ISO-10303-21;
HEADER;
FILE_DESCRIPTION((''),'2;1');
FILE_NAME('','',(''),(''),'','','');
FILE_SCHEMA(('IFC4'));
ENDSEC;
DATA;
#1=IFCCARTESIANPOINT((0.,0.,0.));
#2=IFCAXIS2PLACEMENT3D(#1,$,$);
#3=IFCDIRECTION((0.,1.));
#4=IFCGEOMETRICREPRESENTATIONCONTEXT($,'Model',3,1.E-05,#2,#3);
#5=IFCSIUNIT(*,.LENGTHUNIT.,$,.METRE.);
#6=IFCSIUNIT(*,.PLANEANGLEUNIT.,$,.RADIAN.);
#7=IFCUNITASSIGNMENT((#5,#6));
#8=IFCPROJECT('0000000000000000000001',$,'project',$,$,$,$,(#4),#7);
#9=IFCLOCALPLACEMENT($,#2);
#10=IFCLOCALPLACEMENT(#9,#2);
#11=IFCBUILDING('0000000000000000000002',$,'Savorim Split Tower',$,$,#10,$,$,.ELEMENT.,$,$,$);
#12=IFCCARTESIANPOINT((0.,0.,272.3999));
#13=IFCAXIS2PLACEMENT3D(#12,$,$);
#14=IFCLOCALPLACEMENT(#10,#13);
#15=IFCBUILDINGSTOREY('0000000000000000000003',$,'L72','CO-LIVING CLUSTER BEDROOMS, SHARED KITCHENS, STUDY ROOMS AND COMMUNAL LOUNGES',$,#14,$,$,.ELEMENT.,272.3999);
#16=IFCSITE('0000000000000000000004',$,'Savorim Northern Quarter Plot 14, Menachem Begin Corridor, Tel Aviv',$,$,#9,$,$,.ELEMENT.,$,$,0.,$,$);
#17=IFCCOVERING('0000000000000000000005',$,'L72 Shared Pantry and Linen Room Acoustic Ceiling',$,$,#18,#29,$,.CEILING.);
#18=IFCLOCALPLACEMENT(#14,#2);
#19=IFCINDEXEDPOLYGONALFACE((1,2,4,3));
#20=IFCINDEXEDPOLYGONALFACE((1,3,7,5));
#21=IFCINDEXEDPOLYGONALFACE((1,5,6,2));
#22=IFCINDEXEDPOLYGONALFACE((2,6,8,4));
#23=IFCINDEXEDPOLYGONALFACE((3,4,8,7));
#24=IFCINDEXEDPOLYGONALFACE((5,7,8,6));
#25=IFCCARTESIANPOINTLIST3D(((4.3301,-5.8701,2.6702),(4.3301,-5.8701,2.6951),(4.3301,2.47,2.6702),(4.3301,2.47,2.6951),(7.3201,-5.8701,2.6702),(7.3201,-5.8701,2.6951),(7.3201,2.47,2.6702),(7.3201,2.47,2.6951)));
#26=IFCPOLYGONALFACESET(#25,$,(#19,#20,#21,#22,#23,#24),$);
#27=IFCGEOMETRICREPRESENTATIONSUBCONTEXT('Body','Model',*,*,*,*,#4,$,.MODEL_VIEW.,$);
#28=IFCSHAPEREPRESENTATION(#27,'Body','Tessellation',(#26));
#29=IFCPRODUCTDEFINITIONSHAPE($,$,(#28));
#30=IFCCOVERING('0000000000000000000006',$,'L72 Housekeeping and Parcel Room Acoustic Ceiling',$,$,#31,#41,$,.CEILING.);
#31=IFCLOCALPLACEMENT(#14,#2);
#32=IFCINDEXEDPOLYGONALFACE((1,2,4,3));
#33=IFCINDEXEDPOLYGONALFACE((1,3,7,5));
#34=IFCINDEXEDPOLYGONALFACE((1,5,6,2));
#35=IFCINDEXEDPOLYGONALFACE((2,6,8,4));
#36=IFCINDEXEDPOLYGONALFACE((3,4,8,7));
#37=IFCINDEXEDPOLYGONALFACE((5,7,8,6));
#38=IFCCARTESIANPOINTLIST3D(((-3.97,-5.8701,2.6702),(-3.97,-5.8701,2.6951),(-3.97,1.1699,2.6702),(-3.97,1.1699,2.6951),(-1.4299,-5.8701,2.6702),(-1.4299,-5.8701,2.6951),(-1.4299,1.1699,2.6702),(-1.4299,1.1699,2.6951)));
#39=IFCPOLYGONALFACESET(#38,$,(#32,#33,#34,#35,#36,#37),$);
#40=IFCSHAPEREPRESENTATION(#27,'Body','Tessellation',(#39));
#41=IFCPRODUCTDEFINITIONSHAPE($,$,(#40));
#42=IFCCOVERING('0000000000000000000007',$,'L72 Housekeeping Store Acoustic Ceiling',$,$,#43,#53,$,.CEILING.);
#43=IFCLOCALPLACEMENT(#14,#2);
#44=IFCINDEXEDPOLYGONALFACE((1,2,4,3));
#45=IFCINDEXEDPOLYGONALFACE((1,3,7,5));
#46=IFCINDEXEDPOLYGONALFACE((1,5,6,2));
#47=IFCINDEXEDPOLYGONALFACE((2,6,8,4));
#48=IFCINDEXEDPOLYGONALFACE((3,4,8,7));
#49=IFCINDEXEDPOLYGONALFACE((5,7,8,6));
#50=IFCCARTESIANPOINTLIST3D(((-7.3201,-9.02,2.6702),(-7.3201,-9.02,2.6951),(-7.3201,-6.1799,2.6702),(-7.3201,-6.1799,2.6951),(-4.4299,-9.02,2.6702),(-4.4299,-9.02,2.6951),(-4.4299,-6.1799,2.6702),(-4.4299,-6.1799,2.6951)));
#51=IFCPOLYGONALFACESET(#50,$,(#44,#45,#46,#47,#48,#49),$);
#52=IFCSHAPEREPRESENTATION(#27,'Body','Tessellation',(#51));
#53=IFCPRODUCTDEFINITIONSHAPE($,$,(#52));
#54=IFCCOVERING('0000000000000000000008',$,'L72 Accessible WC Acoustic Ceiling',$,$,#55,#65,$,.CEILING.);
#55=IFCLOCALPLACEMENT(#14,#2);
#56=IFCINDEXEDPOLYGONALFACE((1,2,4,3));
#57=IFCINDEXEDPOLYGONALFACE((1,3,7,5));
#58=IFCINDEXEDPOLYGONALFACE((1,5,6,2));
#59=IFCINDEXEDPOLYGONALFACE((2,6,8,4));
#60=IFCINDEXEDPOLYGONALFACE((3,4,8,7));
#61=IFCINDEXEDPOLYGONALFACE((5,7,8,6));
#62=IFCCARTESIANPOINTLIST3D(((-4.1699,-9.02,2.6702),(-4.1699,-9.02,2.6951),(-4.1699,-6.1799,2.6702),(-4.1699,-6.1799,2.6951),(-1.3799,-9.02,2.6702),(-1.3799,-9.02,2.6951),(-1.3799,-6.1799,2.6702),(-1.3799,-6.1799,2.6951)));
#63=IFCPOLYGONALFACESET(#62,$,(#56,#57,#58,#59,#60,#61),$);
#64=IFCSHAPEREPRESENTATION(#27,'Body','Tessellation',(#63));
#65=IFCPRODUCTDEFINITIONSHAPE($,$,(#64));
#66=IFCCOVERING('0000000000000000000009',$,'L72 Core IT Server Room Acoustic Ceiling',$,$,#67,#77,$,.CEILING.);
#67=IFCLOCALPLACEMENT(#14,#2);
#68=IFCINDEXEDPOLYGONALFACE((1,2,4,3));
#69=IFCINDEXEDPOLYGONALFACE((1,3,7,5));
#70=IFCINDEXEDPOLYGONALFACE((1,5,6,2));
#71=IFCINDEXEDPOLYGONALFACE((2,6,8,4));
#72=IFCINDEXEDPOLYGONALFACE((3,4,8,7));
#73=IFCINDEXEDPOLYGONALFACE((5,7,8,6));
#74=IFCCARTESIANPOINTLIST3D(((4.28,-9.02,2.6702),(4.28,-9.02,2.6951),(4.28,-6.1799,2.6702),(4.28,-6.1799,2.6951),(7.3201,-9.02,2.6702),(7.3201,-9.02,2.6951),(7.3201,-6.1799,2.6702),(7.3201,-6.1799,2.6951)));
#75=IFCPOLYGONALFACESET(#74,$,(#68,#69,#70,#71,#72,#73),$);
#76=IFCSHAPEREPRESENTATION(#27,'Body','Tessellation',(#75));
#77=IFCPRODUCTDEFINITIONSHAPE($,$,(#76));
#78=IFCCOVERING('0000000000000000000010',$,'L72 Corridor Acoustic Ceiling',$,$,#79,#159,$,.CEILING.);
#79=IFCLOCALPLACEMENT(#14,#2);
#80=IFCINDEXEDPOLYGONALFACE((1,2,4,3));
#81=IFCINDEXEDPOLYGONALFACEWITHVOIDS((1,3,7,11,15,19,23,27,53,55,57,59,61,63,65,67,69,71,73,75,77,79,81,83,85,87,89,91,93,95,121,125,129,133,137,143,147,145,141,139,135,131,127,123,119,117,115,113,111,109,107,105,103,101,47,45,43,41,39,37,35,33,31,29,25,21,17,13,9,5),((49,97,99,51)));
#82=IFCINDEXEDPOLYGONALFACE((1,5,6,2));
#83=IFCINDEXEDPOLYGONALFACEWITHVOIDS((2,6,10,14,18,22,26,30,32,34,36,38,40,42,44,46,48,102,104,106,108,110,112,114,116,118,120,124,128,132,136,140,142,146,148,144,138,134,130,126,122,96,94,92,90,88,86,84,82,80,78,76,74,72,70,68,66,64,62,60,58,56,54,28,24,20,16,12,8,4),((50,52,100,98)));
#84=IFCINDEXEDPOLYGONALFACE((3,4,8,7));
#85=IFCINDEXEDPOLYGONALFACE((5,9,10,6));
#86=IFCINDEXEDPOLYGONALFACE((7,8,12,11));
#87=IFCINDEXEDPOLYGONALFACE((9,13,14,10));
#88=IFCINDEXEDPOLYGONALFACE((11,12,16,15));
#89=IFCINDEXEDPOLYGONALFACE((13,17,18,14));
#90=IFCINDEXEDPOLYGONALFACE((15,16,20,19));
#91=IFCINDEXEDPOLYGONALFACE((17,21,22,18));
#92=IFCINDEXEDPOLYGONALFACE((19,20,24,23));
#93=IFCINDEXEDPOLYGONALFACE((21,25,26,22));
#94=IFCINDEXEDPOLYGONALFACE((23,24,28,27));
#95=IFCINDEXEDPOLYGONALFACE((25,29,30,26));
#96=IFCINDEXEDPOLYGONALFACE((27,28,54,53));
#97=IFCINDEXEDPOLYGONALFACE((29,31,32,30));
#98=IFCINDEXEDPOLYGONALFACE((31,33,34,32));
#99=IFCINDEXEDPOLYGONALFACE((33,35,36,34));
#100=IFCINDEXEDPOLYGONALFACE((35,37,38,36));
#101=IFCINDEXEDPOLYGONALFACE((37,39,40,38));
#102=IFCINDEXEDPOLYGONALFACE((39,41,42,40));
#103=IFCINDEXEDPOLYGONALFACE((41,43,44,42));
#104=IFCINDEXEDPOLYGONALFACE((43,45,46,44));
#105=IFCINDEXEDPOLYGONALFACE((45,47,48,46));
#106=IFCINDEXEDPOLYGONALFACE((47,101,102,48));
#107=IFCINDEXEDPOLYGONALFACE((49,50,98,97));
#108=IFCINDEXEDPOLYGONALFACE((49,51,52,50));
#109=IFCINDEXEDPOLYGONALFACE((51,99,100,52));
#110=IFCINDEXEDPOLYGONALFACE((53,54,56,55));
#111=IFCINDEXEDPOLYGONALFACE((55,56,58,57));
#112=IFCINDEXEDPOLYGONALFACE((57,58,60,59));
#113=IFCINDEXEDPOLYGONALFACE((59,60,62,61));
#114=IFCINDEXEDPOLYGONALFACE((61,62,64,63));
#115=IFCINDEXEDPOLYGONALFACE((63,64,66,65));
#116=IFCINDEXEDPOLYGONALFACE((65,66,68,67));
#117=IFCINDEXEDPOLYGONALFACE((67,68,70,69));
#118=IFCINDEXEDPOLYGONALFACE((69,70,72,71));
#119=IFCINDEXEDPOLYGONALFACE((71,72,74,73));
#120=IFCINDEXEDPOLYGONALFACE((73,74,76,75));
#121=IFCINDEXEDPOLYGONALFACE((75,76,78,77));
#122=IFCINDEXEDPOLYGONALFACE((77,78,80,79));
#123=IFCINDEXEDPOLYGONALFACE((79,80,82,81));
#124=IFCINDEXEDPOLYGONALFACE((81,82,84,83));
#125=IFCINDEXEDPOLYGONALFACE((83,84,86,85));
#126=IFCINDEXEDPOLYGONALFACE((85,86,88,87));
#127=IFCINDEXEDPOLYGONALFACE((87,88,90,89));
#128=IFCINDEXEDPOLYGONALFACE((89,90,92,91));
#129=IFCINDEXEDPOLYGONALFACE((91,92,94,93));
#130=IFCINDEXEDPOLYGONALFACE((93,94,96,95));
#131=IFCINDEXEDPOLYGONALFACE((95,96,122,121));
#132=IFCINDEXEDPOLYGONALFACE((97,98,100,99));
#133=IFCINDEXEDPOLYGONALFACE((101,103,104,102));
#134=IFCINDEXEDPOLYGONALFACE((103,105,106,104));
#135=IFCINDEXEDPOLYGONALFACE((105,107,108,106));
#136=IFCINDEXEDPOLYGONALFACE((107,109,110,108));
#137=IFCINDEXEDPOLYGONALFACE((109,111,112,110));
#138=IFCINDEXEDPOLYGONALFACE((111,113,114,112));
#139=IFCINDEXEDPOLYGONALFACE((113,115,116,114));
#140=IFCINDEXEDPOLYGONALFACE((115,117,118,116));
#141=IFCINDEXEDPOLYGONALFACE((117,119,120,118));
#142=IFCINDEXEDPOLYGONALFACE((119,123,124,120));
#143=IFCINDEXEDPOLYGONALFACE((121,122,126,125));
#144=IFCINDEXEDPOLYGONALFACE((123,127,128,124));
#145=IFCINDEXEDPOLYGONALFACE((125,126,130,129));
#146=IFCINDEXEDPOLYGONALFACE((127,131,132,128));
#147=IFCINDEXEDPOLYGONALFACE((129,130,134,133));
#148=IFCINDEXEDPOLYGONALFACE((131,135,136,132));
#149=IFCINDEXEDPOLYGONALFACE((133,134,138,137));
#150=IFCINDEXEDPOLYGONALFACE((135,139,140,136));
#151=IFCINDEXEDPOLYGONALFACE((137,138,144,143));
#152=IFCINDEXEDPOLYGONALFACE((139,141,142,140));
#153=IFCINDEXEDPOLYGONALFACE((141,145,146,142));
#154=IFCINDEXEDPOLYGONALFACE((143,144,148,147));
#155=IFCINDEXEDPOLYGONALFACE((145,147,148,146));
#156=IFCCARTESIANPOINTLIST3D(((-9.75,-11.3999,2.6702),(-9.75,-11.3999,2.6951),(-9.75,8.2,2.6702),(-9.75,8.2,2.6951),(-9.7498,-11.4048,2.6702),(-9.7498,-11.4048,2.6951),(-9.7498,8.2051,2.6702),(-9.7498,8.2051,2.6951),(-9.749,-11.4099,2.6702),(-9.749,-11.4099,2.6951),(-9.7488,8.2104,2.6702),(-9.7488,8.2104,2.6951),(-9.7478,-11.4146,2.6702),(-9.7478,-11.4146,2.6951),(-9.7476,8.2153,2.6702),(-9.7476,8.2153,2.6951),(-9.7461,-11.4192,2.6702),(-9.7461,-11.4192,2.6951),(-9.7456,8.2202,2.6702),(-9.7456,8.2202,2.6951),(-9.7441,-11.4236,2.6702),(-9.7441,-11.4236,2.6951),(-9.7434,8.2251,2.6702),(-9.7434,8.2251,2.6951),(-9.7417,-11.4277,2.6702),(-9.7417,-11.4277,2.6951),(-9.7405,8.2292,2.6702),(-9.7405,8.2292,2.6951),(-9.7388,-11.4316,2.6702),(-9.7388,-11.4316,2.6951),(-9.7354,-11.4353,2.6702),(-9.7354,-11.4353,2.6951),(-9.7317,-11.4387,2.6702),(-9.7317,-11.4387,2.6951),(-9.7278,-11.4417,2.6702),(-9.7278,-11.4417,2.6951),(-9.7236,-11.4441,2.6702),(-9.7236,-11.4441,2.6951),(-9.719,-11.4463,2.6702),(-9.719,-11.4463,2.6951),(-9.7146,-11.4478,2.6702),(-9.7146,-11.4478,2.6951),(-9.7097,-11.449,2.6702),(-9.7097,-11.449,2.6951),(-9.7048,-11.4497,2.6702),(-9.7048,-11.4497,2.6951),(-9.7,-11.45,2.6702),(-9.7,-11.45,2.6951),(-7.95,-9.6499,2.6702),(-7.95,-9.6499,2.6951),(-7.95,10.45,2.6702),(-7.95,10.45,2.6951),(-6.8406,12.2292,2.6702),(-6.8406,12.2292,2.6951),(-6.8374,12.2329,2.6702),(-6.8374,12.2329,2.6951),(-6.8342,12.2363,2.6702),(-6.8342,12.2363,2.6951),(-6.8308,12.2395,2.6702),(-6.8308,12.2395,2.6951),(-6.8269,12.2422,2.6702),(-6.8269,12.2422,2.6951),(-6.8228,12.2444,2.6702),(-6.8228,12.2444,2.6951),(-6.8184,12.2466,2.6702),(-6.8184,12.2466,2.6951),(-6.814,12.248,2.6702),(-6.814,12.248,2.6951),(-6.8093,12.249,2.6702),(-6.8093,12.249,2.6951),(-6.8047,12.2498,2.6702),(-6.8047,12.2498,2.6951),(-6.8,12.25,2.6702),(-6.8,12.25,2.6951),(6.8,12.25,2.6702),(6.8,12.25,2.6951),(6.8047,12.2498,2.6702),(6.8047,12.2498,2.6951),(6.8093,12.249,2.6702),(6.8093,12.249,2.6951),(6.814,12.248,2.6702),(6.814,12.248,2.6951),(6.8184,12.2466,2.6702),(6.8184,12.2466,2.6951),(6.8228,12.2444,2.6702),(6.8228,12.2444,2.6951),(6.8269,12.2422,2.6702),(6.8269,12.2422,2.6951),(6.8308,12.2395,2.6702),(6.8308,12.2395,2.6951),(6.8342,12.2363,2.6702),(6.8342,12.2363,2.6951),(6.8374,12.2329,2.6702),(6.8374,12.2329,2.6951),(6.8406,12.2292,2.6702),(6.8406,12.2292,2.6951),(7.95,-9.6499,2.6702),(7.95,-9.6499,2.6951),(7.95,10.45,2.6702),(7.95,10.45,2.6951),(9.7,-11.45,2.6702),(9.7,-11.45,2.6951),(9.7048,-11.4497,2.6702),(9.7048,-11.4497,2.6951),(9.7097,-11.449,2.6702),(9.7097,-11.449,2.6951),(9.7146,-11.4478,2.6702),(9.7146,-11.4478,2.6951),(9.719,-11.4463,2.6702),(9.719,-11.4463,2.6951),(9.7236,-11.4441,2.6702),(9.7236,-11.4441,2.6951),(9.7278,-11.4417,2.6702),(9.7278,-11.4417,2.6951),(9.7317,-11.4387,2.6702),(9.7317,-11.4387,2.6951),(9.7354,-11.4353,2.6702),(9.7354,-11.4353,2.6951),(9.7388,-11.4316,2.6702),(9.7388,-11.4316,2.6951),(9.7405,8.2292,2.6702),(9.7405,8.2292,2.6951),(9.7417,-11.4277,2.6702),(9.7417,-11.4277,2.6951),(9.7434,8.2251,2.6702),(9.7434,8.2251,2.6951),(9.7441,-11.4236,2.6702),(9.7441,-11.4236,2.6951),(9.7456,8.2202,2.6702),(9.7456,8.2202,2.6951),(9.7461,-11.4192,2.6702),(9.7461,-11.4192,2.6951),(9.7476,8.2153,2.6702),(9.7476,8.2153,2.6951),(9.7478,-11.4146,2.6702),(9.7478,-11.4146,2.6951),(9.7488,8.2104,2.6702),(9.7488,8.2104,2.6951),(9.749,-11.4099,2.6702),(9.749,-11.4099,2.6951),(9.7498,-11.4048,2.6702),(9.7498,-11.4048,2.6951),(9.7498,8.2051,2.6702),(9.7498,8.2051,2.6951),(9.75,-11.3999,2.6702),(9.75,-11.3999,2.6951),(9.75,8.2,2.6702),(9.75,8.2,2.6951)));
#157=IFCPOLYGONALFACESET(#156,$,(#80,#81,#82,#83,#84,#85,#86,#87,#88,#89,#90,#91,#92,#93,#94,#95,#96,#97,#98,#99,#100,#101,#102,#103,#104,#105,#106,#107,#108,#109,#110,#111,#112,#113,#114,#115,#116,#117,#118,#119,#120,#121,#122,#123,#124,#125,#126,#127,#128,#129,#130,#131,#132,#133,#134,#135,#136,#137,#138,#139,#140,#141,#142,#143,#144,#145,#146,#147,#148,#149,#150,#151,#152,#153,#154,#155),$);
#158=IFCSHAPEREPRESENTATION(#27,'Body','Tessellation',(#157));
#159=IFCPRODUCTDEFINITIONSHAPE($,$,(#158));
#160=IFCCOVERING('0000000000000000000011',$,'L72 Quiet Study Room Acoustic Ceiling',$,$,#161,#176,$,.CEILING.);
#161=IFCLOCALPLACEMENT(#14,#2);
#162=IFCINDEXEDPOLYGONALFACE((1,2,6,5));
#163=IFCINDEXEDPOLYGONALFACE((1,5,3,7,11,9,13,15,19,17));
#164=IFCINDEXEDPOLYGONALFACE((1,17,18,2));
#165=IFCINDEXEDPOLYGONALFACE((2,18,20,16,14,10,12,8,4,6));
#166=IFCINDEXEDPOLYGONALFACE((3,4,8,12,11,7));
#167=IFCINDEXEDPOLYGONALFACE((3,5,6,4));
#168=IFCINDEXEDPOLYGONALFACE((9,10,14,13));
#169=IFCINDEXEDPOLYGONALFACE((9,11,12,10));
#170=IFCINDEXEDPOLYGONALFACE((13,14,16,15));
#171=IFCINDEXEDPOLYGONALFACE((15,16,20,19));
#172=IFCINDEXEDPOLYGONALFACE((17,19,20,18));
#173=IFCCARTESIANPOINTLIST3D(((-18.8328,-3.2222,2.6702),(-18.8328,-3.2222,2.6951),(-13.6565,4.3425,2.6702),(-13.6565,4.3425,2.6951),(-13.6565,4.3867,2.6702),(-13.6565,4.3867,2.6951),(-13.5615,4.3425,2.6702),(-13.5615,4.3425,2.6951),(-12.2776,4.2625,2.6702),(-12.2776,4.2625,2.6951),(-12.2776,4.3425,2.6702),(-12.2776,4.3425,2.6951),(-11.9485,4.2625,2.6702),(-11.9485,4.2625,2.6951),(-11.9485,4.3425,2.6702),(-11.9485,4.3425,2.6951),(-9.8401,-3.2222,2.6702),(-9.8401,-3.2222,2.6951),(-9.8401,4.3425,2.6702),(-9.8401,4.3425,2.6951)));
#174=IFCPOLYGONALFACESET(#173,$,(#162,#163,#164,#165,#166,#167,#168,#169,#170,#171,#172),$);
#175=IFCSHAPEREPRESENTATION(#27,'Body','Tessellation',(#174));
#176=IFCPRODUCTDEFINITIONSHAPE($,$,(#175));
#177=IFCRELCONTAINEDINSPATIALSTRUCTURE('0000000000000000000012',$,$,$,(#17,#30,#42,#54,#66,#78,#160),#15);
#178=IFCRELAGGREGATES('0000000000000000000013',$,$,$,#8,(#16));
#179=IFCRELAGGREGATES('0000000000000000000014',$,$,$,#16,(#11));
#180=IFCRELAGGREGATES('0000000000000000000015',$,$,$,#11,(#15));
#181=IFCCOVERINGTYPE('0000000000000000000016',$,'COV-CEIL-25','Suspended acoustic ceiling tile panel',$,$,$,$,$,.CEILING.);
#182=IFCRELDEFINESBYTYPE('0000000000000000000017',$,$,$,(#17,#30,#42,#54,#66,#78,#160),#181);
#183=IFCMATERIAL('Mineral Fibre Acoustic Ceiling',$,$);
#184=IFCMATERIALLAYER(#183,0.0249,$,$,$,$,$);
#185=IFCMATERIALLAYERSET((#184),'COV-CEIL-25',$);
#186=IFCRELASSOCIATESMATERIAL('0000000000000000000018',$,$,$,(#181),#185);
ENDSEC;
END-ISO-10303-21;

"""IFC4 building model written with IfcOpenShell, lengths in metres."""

from ifc_helpers import new_model, si_unit, direction, frame, origin, place, context, subcontext, project, spatial, polyline, outline, extrude, material, layer, layer_set, type_object, element, save


model = new_model("IFC4")

# Units and contexts
model_context = context("Model", 3, precision=1e-05, world=origin(), true_north=direction((0.0, 1.0)))
body_context = subcontext(model_context, "Body", "Model", "MODEL_VIEW")
ifc_project = project(units=[si_unit("LENGTHUNIT", "METRE"), si_unit("PLANEANGLEUNIT", "RADIAN")], contexts=[model_context])

# Site, building, storey
site_placement = place(None, origin())
site = spatial("IfcSite", under=ifc_project, at=site_placement, Name="Savorim Northern Quarter Plot 14, Menachem Begin Corridor, Tel Aviv", CompositionType="ELEMENT", RefElevation=0.0)
building_placement = place(site_placement, origin())
building = spatial("IfcBuilding", under=site, at=building_placement, Name="Savorim Split Tower", CompositionType="ELEMENT")
storey_placement = place(building_placement, frame((0.0, 0.0, 272.3999)))
storey = spatial("IfcBuildingStorey", under=building, at=storey_placement, Name="L72", Description="CO-LIVING CLUSTER BEDROOMS, SHARED KITCHENS, STUDY ROOMS AND COMMUNAL LOUNGES", CompositionType="ELEMENT", Elevation=272.3999)

# Coverings
ifc_material_1 = material(Name="Mineral Fibre Acoustic Ceiling")
ifc_layer_1 = layer(ifc_material_1, 0.0249)
ifc_layer_set_1 = layer_set([ifc_layer_1], Name="COV-CEIL-25")
covering_type_1 = type_object("IfcCoveringType", Name="COV-CEIL-25", Description="Suspended acoustic ceiling tile panel", PredefinedType="CEILING", material=ifc_layer_set_1)
covering_1_placement = place(storey_placement, frame((0.0, 0.0, 2.6702)))
element("IfcCovering", 1, at=covering_1_placement, inside=storey, type_object=covering_type_1, Name="L72 Shared Pantry and Linen Room Acoustic Ceiling", PredefinedType="CEILING", context=body_context, shape_type="SweptSolid", body=[
    extrude(outline(polyline([(4.3301, 2.47), (4.3301, -5.8701), (7.3201, -5.8701), (7.3201, 2.47), (4.3301, 2.47)])), origin(), (0.0, 0.0, 1.0), 0.0249),
])
covering_2_placement = place(storey_placement, frame((0.0, 0.0, 2.6702)))
element("IfcCovering", 2, at=covering_2_placement, inside=storey, type_object=covering_type_1, Name="L72 Housekeeping and Parcel Room Acoustic Ceiling", PredefinedType="CEILING", context=body_context, shape_type="SweptSolid", body=[
    extrude(outline(polyline([(-3.97, 1.1699), (-3.97, -5.8701), (-1.4299, -5.8701), (-1.4299, 1.1699), (-3.97, 1.1699)])), origin(), (0.0, 0.0, 1.0), 0.0249),
])
covering_3_placement = place(storey_placement, frame((0.0, 0.0, 2.6702)))
element("IfcCovering", 3, at=covering_3_placement, inside=storey, type_object=covering_type_1, Name="L72 Housekeeping Store Acoustic Ceiling", PredefinedType="CEILING", context=body_context, shape_type="SweptSolid", body=[
    extrude(outline(polyline([(-7.3201, -6.1799), (-7.3201, -9.02), (-4.4299, -9.02), (-4.4299, -6.1799), (-7.3201, -6.1799)])), origin(), (0.0, 0.0, 1.0), 0.0249),
])
covering_4_placement = place(storey_placement, frame((0.0, 0.0, 2.6702)))
element("IfcCovering", 4, at=covering_4_placement, inside=storey, type_object=covering_type_1, Name="L72 Accessible WC Acoustic Ceiling", PredefinedType="CEILING", context=body_context, shape_type="SweptSolid", body=[
    extrude(outline(polyline([(-4.1699, -6.1799), (-4.1699, -9.02), (-1.3799, -9.02), (-1.3799, -6.1799), (-4.1699, -6.1799)])), origin(), (0.0, 0.0, 1.0), 0.0249),
])
covering_5_placement = place(storey_placement, frame((0.0, 0.0, 2.6702)))
element("IfcCovering", 5, at=covering_5_placement, inside=storey, type_object=covering_type_1, Name="L72 Core IT Server Room Acoustic Ceiling", PredefinedType="CEILING", context=body_context, shape_type="SweptSolid", body=[
    extrude(outline(polyline([(4.28, -6.1799), (4.28, -9.02), (7.3201, -9.02), (7.3201, -6.1799), (4.28, -6.1799)])), origin(), (0.0, 0.0, 1.0), 0.0249),
])
covering_6_placement = place(storey_placement, frame((0.0, 0.0, 2.6702)))
element("IfcCovering", 6, at=covering_6_placement, inside=storey, type_object=covering_type_1, Name="L72 Corridor Acoustic Ceiling", PredefinedType="CEILING", context=body_context, shape_type="SweptSolid", body=[
    extrude(outline(polyline([(6.8093, 12.249), (6.8047, 12.2498), (6.8, 12.25), (-6.8, 12.25), (-6.8047, 12.2498), (-6.8093, 12.249), (-6.814, 12.248), (-6.8184, 12.2466), (-6.8228, 12.2444), (-6.8269, 12.2422), (-6.8308, 12.2395), (-6.8342, 12.2363), (-6.8374, 12.2329), (-6.8406, 12.2292), (-9.7405, 8.2292), (-9.7434, 8.2251), (-9.7456, 8.2202), (-9.7476, 8.2153), (-9.7488, 8.2104), (-9.7498, 8.2051), (-9.75, 8.2), (-9.75, -11.3999), (-9.7498, -11.4048), (-9.749, -11.4099), (-9.7478, -11.4146), (-9.7461, -11.4192), (-9.7441, -11.4236), (-9.7417, -11.4277), (-9.7388, -11.4316), (-9.7354, -11.4353), (-9.7317, -11.4387), (-9.7278, -11.4417), (-9.7236, -11.4441), (-9.719, -11.4463), (-9.7146, -11.4478), (-9.7097, -11.449), (-9.7048, -11.4497), (-9.7, -11.45), (9.7, -11.45), (9.7048, -11.4497), (9.7097, -11.449), (9.7146, -11.4478), (9.719, -11.4463), (9.7236, -11.4441), (9.7278, -11.4417), (9.7317, -11.4387), (9.7354, -11.4353), (9.7388, -11.4316), (9.7417, -11.4277), (9.7441, -11.4236), (9.7461, -11.4192), (9.7478, -11.4146), (9.749, -11.4099), (9.7498, -11.4048), (9.75, -11.3999), (9.75, 8.2), (9.7498, 8.2051), (9.7488, 8.2104), (9.7476, 8.2153), (9.7456, 8.2202), (9.7434, 8.2251), (9.7405, 8.2292), (6.8406, 12.2292), (6.8374, 12.2329), (6.8342, 12.2363), (6.8308, 12.2395), (6.8269, 12.2422), (6.8228, 12.2444), (6.8184, 12.2466), (6.814, 12.248), (6.8093, 12.249)]), holes=[polyline([(-7.95, 10.45), (-7.95, -9.6499), (7.95, -9.6499), (7.95, 10.45), (-7.95, 10.45)])]), origin(), (0.0, 0.0, 1.0), 0.0249),
])
covering_7_placement = place(storey_placement, frame((0.0, 0.0, 2.6702)))
element("IfcCovering", 7, at=covering_7_placement, inside=storey, type_object=covering_type_1, Name="L72 Quiet Study Room Acoustic Ceiling", PredefinedType="CEILING", context=body_context, shape_type="SweptSolid", body=[
    extrude(outline(polyline([(-13.5615, 4.3425), (-13.6565, 4.3425), (-13.6565, 4.3867), (-18.8328, -3.2222), (-9.8401, -3.2222), (-9.8401, 4.3425), (-11.9485, 4.3425), (-11.9485, 4.2625), (-12.2776, 4.2625), (-12.2776, 4.3425), (-13.5615, 4.3425)])), origin(), (0.0, 0.0, 1.0), 0.0249),
])

save(model, "model.ifc")
